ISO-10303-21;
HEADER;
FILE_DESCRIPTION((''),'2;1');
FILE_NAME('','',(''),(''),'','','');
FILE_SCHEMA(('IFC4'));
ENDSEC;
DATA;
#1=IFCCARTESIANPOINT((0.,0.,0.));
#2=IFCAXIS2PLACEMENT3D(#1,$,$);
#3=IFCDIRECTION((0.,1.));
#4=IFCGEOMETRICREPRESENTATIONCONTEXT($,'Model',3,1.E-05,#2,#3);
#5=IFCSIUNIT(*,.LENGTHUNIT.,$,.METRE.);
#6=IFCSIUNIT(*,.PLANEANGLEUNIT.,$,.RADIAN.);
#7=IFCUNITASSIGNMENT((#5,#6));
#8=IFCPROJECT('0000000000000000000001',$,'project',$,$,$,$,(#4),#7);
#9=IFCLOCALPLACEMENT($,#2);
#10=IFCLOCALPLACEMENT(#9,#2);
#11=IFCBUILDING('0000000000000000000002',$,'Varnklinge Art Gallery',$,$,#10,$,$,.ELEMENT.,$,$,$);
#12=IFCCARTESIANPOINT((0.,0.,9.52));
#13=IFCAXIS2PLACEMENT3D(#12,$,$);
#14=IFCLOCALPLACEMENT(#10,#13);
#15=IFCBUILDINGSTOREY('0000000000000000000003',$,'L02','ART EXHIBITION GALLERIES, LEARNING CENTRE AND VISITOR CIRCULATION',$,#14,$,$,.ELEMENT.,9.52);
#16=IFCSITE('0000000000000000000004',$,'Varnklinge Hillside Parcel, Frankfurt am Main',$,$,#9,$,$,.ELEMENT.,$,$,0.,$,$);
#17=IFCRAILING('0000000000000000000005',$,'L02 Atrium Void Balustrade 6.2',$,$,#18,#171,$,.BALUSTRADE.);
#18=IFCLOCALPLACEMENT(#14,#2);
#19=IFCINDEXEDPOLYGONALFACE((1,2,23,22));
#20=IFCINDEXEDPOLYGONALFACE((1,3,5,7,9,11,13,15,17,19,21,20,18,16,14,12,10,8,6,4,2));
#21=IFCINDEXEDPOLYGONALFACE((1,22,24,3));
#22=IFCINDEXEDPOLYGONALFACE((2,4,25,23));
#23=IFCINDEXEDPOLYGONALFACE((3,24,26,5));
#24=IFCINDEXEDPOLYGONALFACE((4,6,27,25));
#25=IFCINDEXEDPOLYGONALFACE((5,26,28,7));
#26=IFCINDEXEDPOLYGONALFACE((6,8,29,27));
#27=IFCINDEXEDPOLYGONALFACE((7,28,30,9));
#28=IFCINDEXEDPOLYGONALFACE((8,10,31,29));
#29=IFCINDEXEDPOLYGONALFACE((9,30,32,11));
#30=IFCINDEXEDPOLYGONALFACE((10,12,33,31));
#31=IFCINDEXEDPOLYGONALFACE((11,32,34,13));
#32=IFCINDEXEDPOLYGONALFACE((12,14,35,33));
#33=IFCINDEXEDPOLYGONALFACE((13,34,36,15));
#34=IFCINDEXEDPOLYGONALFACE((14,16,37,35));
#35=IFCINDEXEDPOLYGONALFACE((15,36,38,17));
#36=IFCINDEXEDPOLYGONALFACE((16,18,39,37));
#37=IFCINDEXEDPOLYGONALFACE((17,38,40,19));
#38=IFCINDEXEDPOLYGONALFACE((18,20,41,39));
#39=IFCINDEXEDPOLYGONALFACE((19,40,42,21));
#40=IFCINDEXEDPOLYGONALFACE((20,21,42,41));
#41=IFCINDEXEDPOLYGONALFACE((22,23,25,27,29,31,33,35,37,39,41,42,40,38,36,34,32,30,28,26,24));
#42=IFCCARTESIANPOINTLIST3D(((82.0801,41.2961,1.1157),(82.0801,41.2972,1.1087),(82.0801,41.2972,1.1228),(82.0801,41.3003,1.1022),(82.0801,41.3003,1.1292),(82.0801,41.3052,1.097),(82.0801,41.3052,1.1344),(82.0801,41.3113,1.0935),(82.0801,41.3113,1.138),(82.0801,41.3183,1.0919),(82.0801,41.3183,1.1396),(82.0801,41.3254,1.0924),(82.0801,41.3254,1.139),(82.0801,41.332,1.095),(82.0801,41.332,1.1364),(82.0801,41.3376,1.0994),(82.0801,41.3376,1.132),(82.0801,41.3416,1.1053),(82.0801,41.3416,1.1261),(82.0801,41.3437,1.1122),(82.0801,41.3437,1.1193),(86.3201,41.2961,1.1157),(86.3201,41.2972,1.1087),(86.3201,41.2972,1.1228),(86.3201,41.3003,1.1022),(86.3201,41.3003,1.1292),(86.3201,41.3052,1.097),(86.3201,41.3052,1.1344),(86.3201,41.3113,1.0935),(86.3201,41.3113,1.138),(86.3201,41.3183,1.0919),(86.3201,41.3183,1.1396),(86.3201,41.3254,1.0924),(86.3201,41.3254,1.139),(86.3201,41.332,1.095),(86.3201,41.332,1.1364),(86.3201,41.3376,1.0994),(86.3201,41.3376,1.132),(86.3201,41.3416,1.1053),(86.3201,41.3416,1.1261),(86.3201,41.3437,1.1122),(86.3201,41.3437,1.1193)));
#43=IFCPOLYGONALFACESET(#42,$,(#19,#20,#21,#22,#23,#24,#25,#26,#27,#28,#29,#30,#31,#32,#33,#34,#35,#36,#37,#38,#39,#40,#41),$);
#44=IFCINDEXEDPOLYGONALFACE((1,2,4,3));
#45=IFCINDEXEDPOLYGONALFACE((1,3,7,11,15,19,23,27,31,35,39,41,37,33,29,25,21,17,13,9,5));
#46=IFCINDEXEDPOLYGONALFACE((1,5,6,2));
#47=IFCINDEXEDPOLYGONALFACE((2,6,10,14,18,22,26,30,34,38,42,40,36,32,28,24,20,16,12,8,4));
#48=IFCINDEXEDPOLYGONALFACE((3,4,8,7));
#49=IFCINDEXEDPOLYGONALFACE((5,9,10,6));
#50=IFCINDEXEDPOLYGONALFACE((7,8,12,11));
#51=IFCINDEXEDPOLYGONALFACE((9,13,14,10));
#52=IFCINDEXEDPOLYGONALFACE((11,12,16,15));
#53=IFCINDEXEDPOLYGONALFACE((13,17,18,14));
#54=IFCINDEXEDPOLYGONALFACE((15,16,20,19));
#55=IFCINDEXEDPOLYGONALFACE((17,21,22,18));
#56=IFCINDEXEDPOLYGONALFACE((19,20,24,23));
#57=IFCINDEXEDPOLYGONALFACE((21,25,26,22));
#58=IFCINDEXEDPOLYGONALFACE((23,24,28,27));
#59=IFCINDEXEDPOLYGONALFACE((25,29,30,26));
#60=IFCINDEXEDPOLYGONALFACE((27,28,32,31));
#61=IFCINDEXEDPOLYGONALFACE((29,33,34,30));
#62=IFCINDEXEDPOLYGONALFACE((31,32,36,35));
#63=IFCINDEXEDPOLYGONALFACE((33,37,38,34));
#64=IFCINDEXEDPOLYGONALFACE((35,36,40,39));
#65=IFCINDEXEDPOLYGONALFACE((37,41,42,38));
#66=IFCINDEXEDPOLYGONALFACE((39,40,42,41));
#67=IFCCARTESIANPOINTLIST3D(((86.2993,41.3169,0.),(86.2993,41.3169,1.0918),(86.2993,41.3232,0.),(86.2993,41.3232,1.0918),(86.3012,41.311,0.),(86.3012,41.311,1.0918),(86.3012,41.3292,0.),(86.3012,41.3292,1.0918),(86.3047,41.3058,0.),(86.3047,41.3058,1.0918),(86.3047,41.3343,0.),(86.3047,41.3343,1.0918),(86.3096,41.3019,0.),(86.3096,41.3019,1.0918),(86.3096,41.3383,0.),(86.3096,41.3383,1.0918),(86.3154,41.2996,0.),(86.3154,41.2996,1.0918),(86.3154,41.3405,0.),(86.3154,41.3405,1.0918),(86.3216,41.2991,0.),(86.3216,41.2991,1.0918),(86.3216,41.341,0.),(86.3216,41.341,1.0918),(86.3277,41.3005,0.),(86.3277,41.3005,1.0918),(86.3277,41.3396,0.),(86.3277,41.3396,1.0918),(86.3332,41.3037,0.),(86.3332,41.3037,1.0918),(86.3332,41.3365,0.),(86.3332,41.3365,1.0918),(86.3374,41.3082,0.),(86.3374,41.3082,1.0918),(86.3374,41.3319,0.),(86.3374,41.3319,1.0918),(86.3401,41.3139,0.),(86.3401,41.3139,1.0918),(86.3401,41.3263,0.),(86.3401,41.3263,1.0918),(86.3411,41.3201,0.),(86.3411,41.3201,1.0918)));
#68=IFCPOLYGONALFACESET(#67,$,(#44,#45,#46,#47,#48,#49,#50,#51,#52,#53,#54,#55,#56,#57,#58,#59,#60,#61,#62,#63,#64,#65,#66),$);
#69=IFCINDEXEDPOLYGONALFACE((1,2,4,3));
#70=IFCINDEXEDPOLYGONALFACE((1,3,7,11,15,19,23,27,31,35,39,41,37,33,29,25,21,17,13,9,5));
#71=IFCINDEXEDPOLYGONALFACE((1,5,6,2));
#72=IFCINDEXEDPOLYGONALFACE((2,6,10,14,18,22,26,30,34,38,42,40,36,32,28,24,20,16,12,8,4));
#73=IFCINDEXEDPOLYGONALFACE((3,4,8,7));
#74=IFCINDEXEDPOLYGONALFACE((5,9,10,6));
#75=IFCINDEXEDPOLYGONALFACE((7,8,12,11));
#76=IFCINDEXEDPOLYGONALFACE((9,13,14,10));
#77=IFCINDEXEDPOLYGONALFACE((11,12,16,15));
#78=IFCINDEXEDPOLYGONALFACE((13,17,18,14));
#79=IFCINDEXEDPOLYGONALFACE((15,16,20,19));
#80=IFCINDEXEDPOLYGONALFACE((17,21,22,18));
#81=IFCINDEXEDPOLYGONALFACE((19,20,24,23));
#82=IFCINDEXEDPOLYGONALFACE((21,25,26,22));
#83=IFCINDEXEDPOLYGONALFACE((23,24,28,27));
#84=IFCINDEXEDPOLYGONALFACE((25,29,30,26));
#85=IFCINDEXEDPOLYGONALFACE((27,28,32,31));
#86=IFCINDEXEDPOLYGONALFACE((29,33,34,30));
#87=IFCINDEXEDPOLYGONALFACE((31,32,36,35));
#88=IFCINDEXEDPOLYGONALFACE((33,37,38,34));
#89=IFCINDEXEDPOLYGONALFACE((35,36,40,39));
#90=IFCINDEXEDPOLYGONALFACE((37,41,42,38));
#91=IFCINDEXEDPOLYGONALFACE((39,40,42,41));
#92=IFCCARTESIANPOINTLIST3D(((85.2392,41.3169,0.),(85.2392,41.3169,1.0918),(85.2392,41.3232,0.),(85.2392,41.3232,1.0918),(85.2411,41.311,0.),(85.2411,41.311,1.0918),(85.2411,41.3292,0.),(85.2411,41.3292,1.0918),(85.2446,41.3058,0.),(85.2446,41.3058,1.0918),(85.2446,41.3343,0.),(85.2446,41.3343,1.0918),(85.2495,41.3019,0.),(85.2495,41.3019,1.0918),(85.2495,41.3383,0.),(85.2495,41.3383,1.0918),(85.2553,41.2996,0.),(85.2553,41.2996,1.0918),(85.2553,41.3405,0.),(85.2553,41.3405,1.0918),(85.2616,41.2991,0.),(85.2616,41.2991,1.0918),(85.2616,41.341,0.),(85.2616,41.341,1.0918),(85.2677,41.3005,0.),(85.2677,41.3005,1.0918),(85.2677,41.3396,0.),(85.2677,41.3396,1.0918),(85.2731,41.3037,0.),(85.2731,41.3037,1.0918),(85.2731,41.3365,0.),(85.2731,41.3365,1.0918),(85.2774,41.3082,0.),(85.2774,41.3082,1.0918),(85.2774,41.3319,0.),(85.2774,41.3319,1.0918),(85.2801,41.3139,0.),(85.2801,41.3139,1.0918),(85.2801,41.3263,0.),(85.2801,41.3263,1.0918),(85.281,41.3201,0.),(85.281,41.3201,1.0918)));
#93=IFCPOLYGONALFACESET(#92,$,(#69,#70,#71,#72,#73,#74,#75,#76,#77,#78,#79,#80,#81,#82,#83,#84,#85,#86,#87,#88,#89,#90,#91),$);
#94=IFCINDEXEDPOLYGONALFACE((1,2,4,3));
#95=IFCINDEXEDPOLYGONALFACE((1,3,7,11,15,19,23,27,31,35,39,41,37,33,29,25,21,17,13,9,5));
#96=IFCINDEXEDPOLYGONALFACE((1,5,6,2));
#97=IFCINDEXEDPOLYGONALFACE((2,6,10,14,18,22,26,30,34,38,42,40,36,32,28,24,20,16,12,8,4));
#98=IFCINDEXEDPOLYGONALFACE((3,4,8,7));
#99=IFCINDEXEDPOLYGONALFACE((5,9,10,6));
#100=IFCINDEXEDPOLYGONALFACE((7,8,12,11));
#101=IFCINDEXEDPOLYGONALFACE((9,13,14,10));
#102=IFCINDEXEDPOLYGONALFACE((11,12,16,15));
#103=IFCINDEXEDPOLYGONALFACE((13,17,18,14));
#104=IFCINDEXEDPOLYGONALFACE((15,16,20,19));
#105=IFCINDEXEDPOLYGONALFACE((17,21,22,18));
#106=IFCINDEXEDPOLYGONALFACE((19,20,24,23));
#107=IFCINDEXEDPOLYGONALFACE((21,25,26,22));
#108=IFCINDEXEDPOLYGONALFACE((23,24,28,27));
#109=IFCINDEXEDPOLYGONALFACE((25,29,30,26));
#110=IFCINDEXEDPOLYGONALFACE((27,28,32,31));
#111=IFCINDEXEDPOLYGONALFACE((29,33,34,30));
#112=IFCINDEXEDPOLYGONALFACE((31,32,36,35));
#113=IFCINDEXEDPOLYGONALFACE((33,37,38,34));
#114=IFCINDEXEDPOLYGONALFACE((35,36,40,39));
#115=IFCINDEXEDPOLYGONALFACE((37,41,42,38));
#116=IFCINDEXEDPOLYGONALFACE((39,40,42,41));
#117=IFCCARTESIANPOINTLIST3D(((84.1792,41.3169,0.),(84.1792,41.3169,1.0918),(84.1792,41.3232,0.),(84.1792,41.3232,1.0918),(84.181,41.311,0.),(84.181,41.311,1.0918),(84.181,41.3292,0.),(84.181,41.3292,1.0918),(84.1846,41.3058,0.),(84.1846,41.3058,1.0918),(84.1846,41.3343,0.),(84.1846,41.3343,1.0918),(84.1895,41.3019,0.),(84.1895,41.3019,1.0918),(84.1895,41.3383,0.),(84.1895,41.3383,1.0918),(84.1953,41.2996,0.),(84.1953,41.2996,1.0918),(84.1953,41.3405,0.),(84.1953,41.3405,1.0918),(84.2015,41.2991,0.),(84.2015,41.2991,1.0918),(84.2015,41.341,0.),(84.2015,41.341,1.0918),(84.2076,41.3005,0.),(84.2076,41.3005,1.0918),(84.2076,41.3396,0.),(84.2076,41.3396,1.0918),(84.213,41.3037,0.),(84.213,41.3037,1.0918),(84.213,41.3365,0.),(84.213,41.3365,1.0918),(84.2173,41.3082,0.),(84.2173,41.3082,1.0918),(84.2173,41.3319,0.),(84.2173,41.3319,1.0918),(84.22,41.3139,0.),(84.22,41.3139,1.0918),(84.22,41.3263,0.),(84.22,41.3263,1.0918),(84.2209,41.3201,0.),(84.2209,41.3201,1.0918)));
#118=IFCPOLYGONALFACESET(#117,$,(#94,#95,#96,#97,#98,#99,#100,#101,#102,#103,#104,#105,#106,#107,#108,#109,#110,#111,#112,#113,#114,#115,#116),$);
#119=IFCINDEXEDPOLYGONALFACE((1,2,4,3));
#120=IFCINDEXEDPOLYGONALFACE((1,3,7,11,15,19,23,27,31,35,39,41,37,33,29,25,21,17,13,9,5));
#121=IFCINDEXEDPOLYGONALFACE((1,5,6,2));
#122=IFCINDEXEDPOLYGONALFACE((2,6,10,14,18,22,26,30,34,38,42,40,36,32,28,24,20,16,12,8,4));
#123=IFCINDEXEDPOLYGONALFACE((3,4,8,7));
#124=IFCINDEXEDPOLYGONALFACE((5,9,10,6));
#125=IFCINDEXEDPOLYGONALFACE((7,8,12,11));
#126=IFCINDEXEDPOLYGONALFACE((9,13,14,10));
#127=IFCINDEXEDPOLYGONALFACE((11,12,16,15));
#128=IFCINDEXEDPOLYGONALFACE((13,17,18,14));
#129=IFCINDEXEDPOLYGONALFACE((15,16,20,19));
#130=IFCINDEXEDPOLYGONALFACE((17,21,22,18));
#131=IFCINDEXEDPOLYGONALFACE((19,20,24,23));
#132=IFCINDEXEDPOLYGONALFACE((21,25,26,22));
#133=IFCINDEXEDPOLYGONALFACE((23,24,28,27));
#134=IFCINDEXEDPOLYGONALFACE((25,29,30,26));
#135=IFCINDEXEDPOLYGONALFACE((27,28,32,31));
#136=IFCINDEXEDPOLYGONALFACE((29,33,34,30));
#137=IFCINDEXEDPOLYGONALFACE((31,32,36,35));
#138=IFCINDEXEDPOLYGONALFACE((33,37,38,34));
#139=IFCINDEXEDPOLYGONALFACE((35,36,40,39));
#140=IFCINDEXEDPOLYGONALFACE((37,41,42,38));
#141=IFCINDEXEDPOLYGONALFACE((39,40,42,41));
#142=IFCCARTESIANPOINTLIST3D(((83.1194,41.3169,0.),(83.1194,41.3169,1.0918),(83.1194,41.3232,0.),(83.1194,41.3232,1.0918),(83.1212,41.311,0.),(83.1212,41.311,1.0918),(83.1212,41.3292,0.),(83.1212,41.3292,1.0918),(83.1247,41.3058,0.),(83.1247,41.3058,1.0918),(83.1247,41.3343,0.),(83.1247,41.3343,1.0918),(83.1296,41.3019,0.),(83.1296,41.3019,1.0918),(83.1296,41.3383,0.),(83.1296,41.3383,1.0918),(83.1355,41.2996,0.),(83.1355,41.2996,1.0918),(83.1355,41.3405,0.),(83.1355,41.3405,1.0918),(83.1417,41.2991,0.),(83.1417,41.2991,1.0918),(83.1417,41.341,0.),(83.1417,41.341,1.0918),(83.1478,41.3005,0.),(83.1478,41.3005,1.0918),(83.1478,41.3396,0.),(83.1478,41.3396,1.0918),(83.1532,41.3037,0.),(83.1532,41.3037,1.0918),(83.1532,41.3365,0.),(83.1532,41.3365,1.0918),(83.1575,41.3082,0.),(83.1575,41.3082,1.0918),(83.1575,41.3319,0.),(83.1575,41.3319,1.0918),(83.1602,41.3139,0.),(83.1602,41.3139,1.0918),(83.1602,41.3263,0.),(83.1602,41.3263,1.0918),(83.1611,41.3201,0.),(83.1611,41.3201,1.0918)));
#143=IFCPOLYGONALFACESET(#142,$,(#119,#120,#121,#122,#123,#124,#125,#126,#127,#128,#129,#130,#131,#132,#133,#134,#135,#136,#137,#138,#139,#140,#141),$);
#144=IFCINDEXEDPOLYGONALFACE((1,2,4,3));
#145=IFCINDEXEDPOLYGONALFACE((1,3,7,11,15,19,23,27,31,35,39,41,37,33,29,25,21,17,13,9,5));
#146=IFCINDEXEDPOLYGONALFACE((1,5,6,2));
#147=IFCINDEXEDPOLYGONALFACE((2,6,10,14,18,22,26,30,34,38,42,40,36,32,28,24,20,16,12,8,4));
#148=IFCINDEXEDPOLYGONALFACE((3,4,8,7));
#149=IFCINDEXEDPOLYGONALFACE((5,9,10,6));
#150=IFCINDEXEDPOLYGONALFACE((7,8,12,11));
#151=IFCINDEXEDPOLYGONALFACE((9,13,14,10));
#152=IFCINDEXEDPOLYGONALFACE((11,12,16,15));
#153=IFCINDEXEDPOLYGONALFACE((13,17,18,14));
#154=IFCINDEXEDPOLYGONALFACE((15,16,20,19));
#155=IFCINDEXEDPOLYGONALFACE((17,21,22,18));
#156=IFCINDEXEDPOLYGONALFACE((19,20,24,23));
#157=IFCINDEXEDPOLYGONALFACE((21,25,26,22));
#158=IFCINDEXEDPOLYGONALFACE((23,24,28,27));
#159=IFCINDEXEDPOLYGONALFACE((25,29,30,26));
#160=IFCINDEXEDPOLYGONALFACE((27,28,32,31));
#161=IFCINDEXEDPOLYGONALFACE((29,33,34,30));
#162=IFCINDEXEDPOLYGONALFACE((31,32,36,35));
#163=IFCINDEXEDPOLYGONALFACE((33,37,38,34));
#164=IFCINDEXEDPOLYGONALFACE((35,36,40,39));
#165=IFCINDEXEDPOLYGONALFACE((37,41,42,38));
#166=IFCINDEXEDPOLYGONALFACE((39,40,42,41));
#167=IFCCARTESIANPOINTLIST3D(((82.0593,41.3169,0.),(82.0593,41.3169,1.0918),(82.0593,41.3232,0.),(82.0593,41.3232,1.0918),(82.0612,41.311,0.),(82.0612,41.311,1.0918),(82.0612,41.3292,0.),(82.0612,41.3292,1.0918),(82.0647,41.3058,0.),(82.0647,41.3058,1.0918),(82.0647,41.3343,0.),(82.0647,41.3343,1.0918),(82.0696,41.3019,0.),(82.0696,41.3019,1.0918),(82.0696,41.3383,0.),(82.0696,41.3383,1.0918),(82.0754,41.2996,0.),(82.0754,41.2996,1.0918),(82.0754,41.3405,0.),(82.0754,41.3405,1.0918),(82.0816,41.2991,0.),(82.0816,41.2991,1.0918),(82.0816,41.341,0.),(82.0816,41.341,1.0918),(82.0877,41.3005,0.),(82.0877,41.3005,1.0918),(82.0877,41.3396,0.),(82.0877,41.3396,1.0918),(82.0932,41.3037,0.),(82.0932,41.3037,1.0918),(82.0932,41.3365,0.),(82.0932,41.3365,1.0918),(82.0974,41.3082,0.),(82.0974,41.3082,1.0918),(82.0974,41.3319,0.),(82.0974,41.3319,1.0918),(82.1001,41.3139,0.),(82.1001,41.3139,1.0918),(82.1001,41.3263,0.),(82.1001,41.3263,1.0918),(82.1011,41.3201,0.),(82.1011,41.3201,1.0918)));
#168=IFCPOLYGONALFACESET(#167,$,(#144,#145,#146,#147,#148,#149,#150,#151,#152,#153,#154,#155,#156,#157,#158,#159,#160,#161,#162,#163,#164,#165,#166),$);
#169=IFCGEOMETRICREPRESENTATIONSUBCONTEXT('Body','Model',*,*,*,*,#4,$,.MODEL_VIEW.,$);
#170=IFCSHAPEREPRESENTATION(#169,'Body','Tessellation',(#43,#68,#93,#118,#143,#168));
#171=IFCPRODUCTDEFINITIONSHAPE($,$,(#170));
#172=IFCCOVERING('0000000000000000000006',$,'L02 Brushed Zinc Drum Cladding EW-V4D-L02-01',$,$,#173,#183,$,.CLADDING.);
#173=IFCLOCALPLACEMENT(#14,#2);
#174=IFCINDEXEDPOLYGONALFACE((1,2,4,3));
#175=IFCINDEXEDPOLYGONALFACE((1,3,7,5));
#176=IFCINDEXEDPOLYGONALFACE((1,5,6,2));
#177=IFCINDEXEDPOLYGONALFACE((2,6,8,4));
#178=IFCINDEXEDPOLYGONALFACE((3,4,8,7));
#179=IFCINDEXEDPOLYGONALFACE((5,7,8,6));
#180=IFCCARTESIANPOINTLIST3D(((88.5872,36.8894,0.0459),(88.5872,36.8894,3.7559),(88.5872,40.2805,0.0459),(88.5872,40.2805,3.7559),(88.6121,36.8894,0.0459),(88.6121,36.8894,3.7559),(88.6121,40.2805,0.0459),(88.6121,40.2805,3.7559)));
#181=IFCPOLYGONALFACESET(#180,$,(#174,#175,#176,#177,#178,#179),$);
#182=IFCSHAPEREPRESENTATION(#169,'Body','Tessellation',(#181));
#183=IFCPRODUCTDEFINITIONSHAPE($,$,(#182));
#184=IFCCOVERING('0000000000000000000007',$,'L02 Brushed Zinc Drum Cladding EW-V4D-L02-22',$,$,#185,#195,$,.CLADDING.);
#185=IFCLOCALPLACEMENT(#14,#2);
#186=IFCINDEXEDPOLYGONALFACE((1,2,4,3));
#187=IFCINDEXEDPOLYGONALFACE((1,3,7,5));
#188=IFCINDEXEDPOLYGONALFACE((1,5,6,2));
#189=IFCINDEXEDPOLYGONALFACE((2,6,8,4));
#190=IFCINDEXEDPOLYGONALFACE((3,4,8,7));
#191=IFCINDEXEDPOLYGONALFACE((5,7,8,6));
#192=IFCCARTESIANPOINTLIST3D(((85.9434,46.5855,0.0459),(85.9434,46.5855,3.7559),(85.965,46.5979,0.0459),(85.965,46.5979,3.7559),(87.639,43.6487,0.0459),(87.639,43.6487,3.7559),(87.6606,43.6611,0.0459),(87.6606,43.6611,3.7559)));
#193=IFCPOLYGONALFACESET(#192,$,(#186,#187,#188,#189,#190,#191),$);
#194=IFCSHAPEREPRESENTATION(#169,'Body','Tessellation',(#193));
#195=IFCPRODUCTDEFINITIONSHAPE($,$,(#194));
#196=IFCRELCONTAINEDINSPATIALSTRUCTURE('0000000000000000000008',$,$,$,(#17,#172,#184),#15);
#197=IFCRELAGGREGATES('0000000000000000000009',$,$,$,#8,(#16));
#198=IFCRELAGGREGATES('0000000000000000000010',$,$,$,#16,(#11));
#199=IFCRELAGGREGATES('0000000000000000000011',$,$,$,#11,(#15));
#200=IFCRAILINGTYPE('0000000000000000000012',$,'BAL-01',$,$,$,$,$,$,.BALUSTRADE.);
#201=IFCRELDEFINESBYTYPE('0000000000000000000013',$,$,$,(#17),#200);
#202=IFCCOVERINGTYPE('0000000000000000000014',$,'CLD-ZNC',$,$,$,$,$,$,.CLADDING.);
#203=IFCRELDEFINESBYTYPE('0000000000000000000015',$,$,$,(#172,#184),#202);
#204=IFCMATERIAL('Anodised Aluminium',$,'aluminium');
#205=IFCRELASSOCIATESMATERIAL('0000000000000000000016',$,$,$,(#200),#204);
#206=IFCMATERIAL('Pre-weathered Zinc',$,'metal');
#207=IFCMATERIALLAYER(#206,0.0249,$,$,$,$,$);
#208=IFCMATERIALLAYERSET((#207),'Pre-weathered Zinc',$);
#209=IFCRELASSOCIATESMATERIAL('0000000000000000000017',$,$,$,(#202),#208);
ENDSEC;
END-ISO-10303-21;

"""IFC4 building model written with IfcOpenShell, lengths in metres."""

from ifc_helpers import new_model, si_unit, direction, frame, origin, origin_2d, place, context, subcontext, project, spatial, rectangle, circle, extrude, material, layer, layer_set, type_object, element, save


model = new_model("IFC4")

# Units and contexts
model_context = context("Model", 3, precision=1e-05, world=origin(), true_north=direction((0.0, 1.0)))
body_context = subcontext(model_context, "Body", "Model", "MODEL_VIEW")
ifc_project = project(units=[si_unit("LENGTHUNIT", "METRE"), si_unit("PLANEANGLEUNIT", "RADIAN")], contexts=[model_context])

# Site, building, storey
site_placement = place(None, origin())
site = spatial("IfcSite", under=ifc_project, at=site_placement, Name="Varnklinge Hillside Parcel, Frankfurt am Main", CompositionType="ELEMENT", RefElevation=0.0)
building_placement = place(site_placement, origin())
building = spatial("IfcBuilding", under=site, at=building_placement, Name="Varnklinge Art Gallery", CompositionType="ELEMENT")
storey_placement = place(building_placement, frame((0.0, 0.0, 9.52)))
storey = spatial("IfcBuildingStorey", under=building, at=storey_placement, Name="L02", Description="ART EXHIBITION GALLERIES, LEARNING CENTRE AND VISITOR CIRCULATION", CompositionType="ELEMENT", Elevation=9.52)

# Railing
ifc_material_1 = material(Name="Anodised Aluminium", Category="aluminium")
railing_type_1 = type_object("IfcRailingType", Name="BAL-01", PredefinedType="BALUSTRADE", material=ifc_material_1)
railing_1_placement = place(storey_placement, frame((86.3201, 41.3201, 0.0)))
element("IfcRailing", 1, at=railing_1_placement, inside=storey, type_object=railing_type_1, Name="L02 Atrium Void Balustrade 6.2", PredefinedType="BALUSTRADE", context=body_context, shape_type="SweptSolid", body=[
    extrude(circle(Radius=0.0239, at=origin_2d()), frame((0.0, 0.0, 1.1157), z_axis=(-1.0, 0.0, 0.0), x_axis=(0.0, -1.0, 0.0)), (0.0, 0.0, 1.0), 4.24),
    extrude(circle(Radius=0.021, at=origin_2d()), origin(), (0.0, 0.0, 1.0), 1.0918),
    extrude(circle(Radius=0.021, at=origin_2d()), frame((-1.0601, 0.0, 0.0)), (0.0, 0.0, 1.0), 1.0918),
    extrude(circle(Radius=0.021, at=origin_2d()), frame((-2.1201, 0.0, 0.0)), (0.0, 0.0, 1.0), 1.0918),
    extrude(circle(Radius=0.021, at=origin_2d()), frame((-3.1799, 0.0, 0.0)), (0.0, 0.0, 1.0), 1.0918),
    extrude(circle(Radius=0.021, at=origin_2d()), frame((-4.24, 0.0, 0.0)), (0.0, 0.0, 1.0), 1.0918),
])

# Coverings
ifc_material_2 = material(Name="Pre-weathered Zinc", Category="metal")
ifc_layer_1 = layer(ifc_material_2, 0.0249)
ifc_layer_set_1 = layer_set([ifc_layer_1], Name="Pre-weathered Zinc")
covering_type = type_object("IfcCoveringType", Name="CLD-ZNC", PredefinedType="CLADDING", material=ifc_layer_set_1)
for number, where, z_axis, x_axis, name in (
    (2, (88.5996, 38.585, 0.0459), (0.0, 0.0, 1.0), (0.0, -1.0, 0.0), "L02 Brushed Zinc Drum Cladding EW-V4D-L02-01"),
    (3, (86.802, 45.1233, 0.0459), (0.0, 0.0, 1.0), (0.5, -0.866025, 0.0), "L02 Brushed Zinc Drum Cladding EW-V4D-L02-22"),
):
    element("IfcCovering", number, at=place(storey_placement, frame(where, z_axis=z_axis, x_axis=x_axis)), inside=storey, type_object=covering_type, Name=name, PredefinedType="CLADDING", context=body_context, shape_type="SweptSolid", body=[
        extrude(rectangle(XDim=3.3911, YDim=0.0249, at=origin_2d()), origin(), (0.0, 0.0, 1.0), 3.71),
    ])

save(model, "model.ifc")
